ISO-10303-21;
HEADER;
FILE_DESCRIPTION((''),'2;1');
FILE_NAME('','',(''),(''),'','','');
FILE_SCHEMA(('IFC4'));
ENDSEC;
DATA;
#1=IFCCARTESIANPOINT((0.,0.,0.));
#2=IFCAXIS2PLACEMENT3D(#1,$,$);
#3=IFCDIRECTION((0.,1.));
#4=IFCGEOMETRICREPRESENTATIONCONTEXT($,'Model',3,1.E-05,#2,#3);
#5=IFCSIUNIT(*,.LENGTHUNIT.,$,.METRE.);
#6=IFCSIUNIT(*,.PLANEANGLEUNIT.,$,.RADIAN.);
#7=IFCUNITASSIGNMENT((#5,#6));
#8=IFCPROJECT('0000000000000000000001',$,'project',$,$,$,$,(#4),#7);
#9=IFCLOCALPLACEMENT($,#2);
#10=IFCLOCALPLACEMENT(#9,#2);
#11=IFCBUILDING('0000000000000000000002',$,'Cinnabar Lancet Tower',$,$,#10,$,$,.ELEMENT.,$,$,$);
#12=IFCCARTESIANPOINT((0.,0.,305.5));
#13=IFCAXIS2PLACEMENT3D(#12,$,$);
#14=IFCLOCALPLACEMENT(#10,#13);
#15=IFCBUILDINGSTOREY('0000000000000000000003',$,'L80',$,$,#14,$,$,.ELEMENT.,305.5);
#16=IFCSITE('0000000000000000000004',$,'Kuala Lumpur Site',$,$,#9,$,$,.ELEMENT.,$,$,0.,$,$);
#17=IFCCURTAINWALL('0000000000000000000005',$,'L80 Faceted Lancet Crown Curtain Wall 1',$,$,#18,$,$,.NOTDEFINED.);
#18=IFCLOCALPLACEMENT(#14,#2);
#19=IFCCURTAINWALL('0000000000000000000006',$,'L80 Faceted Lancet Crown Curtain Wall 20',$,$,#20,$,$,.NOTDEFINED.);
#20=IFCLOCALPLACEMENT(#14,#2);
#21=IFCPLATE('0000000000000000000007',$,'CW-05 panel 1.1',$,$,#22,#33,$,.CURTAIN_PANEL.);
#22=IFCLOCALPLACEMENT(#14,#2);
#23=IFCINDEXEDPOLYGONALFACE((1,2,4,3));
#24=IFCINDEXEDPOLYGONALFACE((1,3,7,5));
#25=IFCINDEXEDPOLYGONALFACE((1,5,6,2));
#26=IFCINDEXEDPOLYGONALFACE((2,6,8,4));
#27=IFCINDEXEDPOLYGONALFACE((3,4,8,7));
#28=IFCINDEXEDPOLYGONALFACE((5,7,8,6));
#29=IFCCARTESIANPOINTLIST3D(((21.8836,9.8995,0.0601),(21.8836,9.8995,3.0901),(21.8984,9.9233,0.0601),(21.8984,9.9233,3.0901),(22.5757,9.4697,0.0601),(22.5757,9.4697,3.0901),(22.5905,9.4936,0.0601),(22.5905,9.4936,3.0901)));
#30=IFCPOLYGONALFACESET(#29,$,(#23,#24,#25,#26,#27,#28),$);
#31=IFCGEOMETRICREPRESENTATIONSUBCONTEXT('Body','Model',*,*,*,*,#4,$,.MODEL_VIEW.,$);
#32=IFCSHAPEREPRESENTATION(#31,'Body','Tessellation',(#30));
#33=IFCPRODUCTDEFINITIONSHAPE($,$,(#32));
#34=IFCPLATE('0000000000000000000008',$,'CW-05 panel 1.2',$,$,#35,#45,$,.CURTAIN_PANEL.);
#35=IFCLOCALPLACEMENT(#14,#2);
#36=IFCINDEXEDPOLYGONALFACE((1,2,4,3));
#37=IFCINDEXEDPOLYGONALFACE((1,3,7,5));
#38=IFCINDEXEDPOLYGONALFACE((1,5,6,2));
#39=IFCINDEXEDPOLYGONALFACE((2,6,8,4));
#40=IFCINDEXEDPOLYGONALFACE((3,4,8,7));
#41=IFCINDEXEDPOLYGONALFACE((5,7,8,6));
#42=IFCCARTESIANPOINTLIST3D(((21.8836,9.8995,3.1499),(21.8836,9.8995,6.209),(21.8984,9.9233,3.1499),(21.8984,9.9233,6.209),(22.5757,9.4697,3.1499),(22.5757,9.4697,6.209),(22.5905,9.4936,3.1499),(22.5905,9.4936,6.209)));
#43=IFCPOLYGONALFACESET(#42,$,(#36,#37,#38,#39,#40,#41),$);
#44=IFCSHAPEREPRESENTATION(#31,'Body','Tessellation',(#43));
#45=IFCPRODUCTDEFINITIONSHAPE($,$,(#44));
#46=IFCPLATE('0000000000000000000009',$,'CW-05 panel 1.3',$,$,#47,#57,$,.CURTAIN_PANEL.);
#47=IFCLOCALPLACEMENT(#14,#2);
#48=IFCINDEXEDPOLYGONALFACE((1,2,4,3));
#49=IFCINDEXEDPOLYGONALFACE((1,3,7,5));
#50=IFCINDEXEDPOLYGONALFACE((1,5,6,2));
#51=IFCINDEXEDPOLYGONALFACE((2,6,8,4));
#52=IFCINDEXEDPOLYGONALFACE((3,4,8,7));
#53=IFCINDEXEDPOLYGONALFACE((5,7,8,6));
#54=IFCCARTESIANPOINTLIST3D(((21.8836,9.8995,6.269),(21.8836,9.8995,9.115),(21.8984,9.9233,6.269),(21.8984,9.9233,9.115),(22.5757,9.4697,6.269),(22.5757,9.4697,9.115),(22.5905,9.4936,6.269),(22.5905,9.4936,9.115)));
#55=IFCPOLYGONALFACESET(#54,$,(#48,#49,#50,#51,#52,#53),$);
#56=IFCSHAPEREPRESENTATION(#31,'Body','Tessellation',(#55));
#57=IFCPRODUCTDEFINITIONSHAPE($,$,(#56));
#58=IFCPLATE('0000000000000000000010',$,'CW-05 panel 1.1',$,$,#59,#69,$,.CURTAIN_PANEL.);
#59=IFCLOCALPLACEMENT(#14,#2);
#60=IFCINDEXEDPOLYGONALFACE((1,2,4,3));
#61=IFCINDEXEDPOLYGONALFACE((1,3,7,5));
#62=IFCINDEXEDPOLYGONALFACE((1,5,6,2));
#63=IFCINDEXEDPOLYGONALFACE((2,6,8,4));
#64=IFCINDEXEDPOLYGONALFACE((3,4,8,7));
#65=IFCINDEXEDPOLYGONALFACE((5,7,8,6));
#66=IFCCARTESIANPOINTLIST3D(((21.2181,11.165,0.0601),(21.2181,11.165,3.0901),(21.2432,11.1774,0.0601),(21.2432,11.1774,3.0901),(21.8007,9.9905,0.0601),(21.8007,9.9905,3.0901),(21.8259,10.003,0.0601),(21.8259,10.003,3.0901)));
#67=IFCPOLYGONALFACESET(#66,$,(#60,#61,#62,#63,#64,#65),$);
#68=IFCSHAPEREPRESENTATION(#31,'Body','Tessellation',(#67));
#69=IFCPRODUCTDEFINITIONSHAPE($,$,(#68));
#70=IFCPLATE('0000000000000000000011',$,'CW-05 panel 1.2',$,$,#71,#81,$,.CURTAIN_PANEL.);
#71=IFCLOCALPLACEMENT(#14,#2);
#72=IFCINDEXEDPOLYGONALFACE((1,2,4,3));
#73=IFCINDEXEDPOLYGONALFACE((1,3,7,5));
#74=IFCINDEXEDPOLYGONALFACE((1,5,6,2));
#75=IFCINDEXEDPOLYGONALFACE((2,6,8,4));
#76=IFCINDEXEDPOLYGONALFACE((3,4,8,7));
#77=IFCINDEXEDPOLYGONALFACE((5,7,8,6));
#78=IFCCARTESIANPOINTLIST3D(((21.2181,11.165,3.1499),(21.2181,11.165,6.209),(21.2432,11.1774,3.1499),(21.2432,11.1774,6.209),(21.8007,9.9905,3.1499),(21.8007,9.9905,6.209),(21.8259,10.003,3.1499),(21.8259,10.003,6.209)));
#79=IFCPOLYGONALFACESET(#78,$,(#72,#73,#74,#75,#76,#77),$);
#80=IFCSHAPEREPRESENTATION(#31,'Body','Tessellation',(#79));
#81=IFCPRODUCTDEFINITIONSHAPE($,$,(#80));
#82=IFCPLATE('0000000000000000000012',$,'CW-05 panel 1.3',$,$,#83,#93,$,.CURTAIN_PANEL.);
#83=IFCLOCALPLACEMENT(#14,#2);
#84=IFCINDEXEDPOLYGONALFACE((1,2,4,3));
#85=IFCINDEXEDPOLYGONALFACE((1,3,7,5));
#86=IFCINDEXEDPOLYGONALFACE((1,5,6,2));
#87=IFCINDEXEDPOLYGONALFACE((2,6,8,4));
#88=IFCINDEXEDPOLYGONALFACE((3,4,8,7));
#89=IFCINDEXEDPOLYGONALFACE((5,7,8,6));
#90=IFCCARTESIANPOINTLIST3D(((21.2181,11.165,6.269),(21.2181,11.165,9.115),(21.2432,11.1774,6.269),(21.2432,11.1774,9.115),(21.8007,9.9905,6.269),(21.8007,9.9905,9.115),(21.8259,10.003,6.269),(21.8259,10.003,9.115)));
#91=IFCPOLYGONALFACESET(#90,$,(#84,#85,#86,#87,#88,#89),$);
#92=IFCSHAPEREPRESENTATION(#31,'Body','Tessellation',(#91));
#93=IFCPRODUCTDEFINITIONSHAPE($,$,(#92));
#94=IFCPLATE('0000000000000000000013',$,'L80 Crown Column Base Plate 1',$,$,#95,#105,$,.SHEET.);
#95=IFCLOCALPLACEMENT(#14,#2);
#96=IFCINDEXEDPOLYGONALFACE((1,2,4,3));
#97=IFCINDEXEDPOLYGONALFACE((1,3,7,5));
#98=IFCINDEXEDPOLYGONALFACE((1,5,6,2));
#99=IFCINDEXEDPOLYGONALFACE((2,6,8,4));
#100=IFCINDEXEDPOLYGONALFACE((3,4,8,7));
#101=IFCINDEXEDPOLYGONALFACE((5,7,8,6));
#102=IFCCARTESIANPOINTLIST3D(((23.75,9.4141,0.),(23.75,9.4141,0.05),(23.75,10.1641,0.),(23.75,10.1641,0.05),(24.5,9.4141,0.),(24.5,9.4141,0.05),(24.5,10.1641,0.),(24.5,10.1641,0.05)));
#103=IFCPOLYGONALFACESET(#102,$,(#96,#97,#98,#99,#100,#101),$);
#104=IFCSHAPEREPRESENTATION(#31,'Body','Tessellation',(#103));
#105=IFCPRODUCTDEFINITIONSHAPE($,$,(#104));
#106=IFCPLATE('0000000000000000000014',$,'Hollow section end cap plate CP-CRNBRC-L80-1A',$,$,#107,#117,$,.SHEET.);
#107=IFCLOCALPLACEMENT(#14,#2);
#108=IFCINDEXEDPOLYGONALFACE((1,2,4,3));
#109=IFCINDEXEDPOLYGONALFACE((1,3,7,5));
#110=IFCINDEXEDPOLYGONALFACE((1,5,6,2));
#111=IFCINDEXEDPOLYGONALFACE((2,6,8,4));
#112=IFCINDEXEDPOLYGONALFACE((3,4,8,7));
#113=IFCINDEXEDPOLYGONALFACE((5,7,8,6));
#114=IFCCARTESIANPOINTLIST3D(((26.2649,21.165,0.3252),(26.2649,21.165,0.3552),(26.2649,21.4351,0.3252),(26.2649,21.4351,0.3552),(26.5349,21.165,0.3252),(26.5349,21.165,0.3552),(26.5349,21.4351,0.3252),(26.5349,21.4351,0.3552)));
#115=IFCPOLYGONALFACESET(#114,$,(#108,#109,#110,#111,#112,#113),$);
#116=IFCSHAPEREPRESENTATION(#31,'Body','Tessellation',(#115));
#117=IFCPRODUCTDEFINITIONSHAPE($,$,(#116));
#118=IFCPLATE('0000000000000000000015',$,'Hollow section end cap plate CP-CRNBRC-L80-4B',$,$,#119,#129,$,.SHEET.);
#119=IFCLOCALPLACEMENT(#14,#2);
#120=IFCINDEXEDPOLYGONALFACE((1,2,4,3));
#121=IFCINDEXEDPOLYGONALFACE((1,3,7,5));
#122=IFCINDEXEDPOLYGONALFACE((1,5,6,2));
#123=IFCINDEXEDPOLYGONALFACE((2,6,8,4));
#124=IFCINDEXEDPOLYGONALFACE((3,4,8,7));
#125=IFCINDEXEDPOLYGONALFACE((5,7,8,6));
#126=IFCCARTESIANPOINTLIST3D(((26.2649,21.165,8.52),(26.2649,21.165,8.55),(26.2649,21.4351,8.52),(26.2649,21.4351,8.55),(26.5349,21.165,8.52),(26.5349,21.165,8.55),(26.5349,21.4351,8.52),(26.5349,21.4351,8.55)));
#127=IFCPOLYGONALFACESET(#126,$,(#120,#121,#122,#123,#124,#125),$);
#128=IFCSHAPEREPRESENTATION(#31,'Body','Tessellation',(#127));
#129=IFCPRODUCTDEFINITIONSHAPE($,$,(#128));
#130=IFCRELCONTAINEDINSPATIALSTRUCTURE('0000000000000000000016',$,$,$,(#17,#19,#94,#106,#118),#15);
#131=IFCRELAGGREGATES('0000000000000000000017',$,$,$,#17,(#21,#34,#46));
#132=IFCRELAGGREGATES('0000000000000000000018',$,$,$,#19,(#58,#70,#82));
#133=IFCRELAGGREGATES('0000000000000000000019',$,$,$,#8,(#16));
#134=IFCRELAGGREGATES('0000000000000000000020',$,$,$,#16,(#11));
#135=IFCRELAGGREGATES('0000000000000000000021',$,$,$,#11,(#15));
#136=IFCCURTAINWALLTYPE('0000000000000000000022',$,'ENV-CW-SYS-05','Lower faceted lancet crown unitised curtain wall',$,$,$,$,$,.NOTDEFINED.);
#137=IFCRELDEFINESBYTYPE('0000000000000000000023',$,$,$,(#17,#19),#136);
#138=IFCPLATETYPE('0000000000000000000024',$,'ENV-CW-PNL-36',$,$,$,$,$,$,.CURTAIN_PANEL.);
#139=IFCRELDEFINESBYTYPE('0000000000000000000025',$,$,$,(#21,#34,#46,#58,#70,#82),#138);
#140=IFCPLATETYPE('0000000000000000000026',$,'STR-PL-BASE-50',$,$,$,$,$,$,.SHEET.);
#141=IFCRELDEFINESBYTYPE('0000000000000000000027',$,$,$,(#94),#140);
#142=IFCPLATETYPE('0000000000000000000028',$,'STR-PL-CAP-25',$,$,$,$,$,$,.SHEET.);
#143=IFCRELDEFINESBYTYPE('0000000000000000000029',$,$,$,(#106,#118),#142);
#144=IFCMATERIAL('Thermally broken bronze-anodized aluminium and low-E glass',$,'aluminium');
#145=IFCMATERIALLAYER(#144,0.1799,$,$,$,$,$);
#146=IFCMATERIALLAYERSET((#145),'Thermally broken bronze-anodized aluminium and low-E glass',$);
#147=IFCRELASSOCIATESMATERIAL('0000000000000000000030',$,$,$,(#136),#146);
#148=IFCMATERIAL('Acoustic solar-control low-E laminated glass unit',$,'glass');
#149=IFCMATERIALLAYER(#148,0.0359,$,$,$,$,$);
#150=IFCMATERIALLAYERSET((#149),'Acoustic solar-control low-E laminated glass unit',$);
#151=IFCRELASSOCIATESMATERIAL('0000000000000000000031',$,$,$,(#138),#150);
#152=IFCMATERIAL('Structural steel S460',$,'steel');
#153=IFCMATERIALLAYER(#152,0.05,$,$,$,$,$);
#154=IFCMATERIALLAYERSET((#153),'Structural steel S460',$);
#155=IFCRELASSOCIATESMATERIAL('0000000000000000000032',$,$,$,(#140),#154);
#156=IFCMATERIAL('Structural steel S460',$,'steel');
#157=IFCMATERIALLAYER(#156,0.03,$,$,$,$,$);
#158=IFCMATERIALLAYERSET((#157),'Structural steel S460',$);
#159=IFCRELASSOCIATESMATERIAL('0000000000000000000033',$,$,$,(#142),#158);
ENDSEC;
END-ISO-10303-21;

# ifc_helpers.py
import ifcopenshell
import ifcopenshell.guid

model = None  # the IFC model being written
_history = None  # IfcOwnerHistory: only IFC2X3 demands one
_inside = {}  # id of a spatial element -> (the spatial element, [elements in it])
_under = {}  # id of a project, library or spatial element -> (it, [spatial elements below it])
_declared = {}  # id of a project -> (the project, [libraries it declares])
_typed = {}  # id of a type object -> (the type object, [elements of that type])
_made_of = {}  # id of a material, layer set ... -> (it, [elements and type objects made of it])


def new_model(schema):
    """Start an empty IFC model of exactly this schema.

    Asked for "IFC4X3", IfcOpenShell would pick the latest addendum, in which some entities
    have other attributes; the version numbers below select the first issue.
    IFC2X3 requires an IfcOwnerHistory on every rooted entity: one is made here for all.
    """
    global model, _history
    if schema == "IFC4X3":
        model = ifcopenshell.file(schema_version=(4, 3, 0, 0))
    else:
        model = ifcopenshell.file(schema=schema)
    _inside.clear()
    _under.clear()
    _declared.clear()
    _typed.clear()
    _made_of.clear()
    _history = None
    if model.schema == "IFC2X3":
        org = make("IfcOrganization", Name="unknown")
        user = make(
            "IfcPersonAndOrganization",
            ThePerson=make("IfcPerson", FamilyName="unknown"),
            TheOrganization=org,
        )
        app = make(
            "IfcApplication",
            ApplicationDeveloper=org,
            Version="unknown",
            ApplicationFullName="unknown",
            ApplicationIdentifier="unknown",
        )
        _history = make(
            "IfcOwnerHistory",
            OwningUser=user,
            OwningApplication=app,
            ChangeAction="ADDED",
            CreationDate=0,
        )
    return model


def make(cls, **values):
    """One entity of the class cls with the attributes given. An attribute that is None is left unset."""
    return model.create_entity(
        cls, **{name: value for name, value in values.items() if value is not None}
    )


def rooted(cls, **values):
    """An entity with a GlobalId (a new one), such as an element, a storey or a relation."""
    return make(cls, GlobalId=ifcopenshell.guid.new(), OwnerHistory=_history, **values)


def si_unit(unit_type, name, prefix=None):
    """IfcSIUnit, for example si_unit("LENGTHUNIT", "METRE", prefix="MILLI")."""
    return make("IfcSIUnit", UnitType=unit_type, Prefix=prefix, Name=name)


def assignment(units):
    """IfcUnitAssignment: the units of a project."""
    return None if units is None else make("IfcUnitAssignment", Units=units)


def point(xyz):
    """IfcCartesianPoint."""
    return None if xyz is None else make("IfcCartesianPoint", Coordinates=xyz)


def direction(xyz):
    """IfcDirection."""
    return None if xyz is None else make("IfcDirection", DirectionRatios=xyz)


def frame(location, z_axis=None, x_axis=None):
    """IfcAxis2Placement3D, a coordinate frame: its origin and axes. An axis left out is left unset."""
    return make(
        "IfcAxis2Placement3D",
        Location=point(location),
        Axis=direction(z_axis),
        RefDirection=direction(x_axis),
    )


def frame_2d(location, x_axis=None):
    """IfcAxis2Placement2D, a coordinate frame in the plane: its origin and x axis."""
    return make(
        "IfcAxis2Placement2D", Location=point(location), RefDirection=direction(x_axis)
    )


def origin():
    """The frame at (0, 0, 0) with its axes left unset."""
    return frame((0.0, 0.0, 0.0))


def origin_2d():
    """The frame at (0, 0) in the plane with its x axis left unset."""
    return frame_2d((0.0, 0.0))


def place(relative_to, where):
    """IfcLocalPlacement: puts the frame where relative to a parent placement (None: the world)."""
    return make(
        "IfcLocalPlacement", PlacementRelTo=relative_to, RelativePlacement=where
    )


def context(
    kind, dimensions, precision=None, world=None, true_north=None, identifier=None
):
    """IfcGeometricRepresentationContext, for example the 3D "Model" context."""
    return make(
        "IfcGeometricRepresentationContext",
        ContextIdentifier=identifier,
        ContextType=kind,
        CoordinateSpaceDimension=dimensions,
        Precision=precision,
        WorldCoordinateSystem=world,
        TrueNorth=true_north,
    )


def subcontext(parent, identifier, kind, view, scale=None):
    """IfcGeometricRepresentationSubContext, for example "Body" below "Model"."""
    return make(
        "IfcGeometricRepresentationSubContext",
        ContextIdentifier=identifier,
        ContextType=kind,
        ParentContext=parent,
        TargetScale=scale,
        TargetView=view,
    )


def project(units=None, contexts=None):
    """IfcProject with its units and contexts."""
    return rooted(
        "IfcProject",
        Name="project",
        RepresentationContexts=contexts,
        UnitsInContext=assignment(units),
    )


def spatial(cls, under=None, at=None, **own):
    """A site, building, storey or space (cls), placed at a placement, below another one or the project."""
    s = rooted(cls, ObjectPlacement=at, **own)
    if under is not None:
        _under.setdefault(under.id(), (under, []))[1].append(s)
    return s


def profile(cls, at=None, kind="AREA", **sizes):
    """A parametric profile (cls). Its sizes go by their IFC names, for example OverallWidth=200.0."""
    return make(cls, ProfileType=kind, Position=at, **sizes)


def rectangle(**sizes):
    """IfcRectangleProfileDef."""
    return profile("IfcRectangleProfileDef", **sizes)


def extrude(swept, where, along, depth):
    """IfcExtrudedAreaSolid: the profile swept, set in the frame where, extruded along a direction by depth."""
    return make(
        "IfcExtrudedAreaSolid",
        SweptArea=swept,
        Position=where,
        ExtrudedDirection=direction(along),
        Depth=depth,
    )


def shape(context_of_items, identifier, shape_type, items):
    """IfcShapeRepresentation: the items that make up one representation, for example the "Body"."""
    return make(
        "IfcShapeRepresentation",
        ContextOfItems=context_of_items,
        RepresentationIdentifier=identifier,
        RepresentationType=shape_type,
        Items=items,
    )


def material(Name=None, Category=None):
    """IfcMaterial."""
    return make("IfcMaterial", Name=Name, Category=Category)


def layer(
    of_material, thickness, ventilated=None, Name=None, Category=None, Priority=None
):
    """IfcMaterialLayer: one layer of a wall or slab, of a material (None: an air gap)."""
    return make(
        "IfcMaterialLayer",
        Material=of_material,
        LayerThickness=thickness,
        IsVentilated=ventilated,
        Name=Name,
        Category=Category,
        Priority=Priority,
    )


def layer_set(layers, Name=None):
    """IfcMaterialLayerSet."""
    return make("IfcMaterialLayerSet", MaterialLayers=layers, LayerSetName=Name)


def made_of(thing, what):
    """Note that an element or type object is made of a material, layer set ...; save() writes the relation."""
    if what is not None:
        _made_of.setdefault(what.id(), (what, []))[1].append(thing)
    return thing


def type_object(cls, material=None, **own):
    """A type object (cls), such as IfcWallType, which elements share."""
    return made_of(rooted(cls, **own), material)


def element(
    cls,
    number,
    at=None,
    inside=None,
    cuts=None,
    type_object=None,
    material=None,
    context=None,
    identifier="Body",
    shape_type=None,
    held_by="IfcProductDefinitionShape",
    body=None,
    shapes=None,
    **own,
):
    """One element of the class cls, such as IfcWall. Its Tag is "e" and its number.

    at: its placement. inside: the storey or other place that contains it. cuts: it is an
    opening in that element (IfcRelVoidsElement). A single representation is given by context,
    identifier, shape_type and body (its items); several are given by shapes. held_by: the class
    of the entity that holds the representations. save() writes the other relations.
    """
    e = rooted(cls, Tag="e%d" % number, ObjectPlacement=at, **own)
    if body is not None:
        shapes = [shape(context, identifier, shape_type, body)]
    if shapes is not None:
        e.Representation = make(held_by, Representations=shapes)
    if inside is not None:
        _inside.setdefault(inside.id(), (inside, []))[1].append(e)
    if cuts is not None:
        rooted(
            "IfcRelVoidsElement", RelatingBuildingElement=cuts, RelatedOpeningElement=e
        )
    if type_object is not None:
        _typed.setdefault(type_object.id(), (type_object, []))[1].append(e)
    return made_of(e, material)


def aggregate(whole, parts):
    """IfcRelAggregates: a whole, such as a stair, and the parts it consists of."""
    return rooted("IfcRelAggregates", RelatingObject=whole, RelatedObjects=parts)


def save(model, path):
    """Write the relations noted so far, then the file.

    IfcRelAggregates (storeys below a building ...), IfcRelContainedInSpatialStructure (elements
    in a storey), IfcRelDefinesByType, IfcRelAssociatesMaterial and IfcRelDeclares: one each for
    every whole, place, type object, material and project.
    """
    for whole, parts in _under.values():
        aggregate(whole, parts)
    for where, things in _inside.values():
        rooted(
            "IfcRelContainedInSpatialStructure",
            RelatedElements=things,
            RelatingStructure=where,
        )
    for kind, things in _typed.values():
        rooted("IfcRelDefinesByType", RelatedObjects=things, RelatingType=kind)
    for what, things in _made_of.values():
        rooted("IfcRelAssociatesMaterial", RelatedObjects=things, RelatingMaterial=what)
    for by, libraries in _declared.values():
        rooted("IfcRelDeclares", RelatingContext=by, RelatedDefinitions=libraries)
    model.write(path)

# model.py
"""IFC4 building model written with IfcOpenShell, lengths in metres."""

from ifc_helpers import new_model, si_unit, direction, frame, origin, origin_2d, place, context, subcontext, project, spatial, rectangle, extrude, material, layer, layer_set, type_object, element, aggregate, save


model = new_model("IFC4")

# Units and contexts
model_context = context("Model", 3, precision=1e-05, world=origin(), true_north=direction((0.0, 1.0)))
body_context = subcontext(model_context, "Body", "Model", "MODEL_VIEW")
ifc_project = project(units=[si_unit("LENGTHUNIT", "METRE"), si_unit("PLANEANGLEUNIT", "RADIAN")], contexts=[model_context])

# Site, building, storey
site_placement = place(None, origin())
site = spatial("IfcSite", under=ifc_project, at=site_placement, Name="Kuala Lumpur Site", CompositionType="ELEMENT", RefElevation=0.0)
building_placement = place(site_placement, origin())
building = spatial("IfcBuilding", under=site, at=building_placement, Name="Cinnabar Lancet Tower", CompositionType="ELEMENT")
storey_placement = place(building_placement, frame((0.0, 0.0, 305.5)))
storey = spatial("IfcBuildingStorey", under=building, at=storey_placement, Name="L80", CompositionType="ELEMENT", Elevation=305.5)

# Curtain wall
ifc_material_1 = material(Name="Thermally broken bronze-anodized aluminium and low-E glass", Category="aluminium")
ifc_layer_1 = layer(ifc_material_1, 0.1799)
ifc_layer_set_1 = layer_set([ifc_layer_1], Name="Thermally broken bronze-anodized aluminium and low-E glass")
curtain_wall_type = type_object("IfcCurtainWallType", Name="ENV-CW-SYS-05", Description="Lower faceted lancet crown unitised curtain wall", PredefinedType="NOTDEFINED", material=ifc_layer_set_1)
curtain_wall_1_placement = place(storey_placement, origin())
curtain_wall_1 = element("IfcCurtainWall", 1, at=curtain_wall_1_placement, inside=storey, type_object=curtain_wall_type, Name="L80 Faceted Lancet Crown Curtain Wall 1", PredefinedType="NOTDEFINED")

# Curtain wall
curtain_wall_2_placement = place(storey_placement, origin())
curtain_wall_2 = element("IfcCurtainWall", 2, at=curtain_wall_2_placement, inside=storey, type_object=curtain_wall_type, Name="L80 Faceted Lancet Crown Curtain Wall 20", PredefinedType="NOTDEFINED")

# Plates
ifc_material_2 = material(Name="Acoustic solar-control low-E laminated glass unit", Category="glass")
ifc_layer_2 = layer(ifc_material_2, 0.0359)
ifc_layer_set_2 = layer_set([ifc_layer_2], Name="Acoustic solar-control low-E laminated glass unit")
plate_type_1 = type_object("IfcPlateType", Name="ENV-CW-PNL-36", PredefinedType="CURTAIN_PANEL", material=ifc_layer_set_2)
plate_1_placement = place(storey_placement, frame((22.2371, 9.6965, 0.0601), z_axis=(0.0, 0.0, 1.0), x_axis=(0.849557, -0.527496, 0.0)))
plate_1 = element("IfcPlate", 3, at=plate_1_placement, type_object=plate_type_1, Name="CW-05 panel 1.1", PredefinedType="CURTAIN_PANEL", context=body_context, shape_type="SweptSolid", body=[
    extrude(rectangle(XDim=0.8147, YDim=0.0281, at=origin_2d()), origin(), (0.0, 0.0, 1.0), 3.03),
])
plate_2_placement = place(storey_placement, frame((22.2371, 9.6965, 3.1499), z_axis=(0.0, 0.0, 1.0), x_axis=(0.849557, -0.527496, 0.0)))
plate_2 = element("IfcPlate", 4, at=plate_2_placement, type_object=plate_type_1, Name="CW-05 panel 1.2", PredefinedType="CURTAIN_PANEL", context=body_context, shape_type="SweptSolid", body=[
    extrude(rectangle(XDim=0.8147, YDim=0.0281, at=origin_2d()), origin(), (0.0, 0.0, 1.0), 3.0591),
])
plate_3_placement = place(storey_placement, frame((22.2371, 9.6965, 6.269), z_axis=(0.0, 0.0, 1.0), x_axis=(0.849557, -0.527496, 0.0)))
plate_3 = element("IfcPlate", 5, at=plate_3_placement, type_object=plate_type_1, Name="CW-05 panel 1.3", PredefinedType="CURTAIN_PANEL", context=body_context, shape_type="SweptSolid", body=[
    extrude(rectangle(XDim=0.8147, YDim=0.0281, at=origin_2d()), origin(), (0.0, 0.0, 1.0), 2.8459),
])
aggregate(curtain_wall_1, [plate_1, plate_2, plate_3])
plate_4_placement = place(storey_placement, frame((21.522, 10.584, 0.0601), z_axis=(0.0, 0.0, 1.0), x_axis=(0.444416, -0.89582, 0.0)))
plate_4 = element("IfcPlate", 6, at=plate_4_placement, type_object=plate_type_1, Name="CW-05 panel 1.1", PredefinedType="CURTAIN_PANEL", context=body_context, shape_type="SweptSolid", body=[
    extrude(rectangle(XDim=1.311, YDim=0.0281, at=origin_2d()), origin(), (0.0, 0.0, 1.0), 3.03),
])
plate_5_placement = place(storey_placement, frame((21.522, 10.584, 3.1499), z_axis=(0.0, 0.0, 1.0), x_axis=(0.444416, -0.89582, 0.0)))
plate_5 = element("IfcPlate", 7, at=plate_5_placement, type_object=plate_type_1, Name="CW-05 panel 1.2", PredefinedType="CURTAIN_PANEL", context=body_context, shape_type="SweptSolid", body=[
    extrude(rectangle(XDim=1.311, YDim=0.0281, at=origin_2d()), origin(), (0.0, 0.0, 1.0), 3.0591),
])
plate_6_placement = place(storey_placement, frame((21.522, 10.584, 6.269), z_axis=(0.0, 0.0, 1.0), x_axis=(0.444416, -0.89582, 0.0)))
plate_6 = element("IfcPlate", 8, at=plate_6_placement, type_object=plate_type_1, Name="CW-05 panel 1.3", PredefinedType="CURTAIN_PANEL", context=body_context, shape_type="SweptSolid", body=[
    extrude(rectangle(XDim=1.311, YDim=0.0281, at=origin_2d()), origin(), (0.0, 0.0, 1.0), 2.8459),
])
aggregate(curtain_wall_2, [plate_4, plate_5, plate_6])

# Plates
ifc_material_3 = material(Name="Structural steel S460", Category="steel")
ifc_layer_3 = layer(ifc_material_3, 0.05)
ifc_layer_set_3 = layer_set([ifc_layer_3], Name="Structural steel S460")
plate_type_2 = type_object("IfcPlateType", Name="STR-PL-BASE-50", PredefinedType="SHEET", material=ifc_layer_set_3)
plate_7_placement = place(storey_placement, frame((24.125, 9.7891, 0.0), z_axis=(0.0, 0.0, 1.0), x_axis=(1.0, 0.0, 0.0)))
element("IfcPlate", 9, at=plate_7_placement, inside=storey, type_object=plate_type_2, Name="L80 Crown Column Base Plate 1", PredefinedType="SHEET", context=body_context, shape_type="SweptSolid", body=[
    extrude(rectangle(XDim=0.75, YDim=0.75, at=origin_2d()), origin(), (0.0, 0.0, 1.0), 0.05),
])
ifc_material_4 = material(Name="Structural steel S460", Category="steel")
ifc_layer_4 = layer(ifc_material_4, 0.03)
ifc_layer_set_4 = layer_set([ifc_layer_4], Name="Structural steel S460")
plate_type_3 = type_object("IfcPlateType", Name="STR-PL-CAP-25", PredefinedType="SHEET", material=ifc_layer_set_4)
for number, where, z_axis, x_axis, name in (
    (10, (26.3999, 21.3, 0.3252), (0.0, 0.0, 1.0), (-1.0, 0.0, 0.0), "Hollow section end cap plate CP-CRNBRC-L80-1A"),
    (11, (26.3999, 21.3, 8.52), (0.0, 0.0, 1.0), (0.0, -1.0, 0.0), "Hollow section end cap plate CP-CRNBRC-L80-4B"),
):
    element("IfcPlate", number, at=place(storey_placement, frame(where, z_axis=z_axis, x_axis=x_axis)), inside=storey, type_object=plate_type_3, Name=name, PredefinedType="SHEET", context=body_context, shape_type="SweptSolid", body=[
        extrude(rectangle(XDim=0.27, YDim=0.27, at=origin_2d()), origin(), (0.0, 0.0, 1.0), 0.03),
    ])

save(model, "model.ifc")
